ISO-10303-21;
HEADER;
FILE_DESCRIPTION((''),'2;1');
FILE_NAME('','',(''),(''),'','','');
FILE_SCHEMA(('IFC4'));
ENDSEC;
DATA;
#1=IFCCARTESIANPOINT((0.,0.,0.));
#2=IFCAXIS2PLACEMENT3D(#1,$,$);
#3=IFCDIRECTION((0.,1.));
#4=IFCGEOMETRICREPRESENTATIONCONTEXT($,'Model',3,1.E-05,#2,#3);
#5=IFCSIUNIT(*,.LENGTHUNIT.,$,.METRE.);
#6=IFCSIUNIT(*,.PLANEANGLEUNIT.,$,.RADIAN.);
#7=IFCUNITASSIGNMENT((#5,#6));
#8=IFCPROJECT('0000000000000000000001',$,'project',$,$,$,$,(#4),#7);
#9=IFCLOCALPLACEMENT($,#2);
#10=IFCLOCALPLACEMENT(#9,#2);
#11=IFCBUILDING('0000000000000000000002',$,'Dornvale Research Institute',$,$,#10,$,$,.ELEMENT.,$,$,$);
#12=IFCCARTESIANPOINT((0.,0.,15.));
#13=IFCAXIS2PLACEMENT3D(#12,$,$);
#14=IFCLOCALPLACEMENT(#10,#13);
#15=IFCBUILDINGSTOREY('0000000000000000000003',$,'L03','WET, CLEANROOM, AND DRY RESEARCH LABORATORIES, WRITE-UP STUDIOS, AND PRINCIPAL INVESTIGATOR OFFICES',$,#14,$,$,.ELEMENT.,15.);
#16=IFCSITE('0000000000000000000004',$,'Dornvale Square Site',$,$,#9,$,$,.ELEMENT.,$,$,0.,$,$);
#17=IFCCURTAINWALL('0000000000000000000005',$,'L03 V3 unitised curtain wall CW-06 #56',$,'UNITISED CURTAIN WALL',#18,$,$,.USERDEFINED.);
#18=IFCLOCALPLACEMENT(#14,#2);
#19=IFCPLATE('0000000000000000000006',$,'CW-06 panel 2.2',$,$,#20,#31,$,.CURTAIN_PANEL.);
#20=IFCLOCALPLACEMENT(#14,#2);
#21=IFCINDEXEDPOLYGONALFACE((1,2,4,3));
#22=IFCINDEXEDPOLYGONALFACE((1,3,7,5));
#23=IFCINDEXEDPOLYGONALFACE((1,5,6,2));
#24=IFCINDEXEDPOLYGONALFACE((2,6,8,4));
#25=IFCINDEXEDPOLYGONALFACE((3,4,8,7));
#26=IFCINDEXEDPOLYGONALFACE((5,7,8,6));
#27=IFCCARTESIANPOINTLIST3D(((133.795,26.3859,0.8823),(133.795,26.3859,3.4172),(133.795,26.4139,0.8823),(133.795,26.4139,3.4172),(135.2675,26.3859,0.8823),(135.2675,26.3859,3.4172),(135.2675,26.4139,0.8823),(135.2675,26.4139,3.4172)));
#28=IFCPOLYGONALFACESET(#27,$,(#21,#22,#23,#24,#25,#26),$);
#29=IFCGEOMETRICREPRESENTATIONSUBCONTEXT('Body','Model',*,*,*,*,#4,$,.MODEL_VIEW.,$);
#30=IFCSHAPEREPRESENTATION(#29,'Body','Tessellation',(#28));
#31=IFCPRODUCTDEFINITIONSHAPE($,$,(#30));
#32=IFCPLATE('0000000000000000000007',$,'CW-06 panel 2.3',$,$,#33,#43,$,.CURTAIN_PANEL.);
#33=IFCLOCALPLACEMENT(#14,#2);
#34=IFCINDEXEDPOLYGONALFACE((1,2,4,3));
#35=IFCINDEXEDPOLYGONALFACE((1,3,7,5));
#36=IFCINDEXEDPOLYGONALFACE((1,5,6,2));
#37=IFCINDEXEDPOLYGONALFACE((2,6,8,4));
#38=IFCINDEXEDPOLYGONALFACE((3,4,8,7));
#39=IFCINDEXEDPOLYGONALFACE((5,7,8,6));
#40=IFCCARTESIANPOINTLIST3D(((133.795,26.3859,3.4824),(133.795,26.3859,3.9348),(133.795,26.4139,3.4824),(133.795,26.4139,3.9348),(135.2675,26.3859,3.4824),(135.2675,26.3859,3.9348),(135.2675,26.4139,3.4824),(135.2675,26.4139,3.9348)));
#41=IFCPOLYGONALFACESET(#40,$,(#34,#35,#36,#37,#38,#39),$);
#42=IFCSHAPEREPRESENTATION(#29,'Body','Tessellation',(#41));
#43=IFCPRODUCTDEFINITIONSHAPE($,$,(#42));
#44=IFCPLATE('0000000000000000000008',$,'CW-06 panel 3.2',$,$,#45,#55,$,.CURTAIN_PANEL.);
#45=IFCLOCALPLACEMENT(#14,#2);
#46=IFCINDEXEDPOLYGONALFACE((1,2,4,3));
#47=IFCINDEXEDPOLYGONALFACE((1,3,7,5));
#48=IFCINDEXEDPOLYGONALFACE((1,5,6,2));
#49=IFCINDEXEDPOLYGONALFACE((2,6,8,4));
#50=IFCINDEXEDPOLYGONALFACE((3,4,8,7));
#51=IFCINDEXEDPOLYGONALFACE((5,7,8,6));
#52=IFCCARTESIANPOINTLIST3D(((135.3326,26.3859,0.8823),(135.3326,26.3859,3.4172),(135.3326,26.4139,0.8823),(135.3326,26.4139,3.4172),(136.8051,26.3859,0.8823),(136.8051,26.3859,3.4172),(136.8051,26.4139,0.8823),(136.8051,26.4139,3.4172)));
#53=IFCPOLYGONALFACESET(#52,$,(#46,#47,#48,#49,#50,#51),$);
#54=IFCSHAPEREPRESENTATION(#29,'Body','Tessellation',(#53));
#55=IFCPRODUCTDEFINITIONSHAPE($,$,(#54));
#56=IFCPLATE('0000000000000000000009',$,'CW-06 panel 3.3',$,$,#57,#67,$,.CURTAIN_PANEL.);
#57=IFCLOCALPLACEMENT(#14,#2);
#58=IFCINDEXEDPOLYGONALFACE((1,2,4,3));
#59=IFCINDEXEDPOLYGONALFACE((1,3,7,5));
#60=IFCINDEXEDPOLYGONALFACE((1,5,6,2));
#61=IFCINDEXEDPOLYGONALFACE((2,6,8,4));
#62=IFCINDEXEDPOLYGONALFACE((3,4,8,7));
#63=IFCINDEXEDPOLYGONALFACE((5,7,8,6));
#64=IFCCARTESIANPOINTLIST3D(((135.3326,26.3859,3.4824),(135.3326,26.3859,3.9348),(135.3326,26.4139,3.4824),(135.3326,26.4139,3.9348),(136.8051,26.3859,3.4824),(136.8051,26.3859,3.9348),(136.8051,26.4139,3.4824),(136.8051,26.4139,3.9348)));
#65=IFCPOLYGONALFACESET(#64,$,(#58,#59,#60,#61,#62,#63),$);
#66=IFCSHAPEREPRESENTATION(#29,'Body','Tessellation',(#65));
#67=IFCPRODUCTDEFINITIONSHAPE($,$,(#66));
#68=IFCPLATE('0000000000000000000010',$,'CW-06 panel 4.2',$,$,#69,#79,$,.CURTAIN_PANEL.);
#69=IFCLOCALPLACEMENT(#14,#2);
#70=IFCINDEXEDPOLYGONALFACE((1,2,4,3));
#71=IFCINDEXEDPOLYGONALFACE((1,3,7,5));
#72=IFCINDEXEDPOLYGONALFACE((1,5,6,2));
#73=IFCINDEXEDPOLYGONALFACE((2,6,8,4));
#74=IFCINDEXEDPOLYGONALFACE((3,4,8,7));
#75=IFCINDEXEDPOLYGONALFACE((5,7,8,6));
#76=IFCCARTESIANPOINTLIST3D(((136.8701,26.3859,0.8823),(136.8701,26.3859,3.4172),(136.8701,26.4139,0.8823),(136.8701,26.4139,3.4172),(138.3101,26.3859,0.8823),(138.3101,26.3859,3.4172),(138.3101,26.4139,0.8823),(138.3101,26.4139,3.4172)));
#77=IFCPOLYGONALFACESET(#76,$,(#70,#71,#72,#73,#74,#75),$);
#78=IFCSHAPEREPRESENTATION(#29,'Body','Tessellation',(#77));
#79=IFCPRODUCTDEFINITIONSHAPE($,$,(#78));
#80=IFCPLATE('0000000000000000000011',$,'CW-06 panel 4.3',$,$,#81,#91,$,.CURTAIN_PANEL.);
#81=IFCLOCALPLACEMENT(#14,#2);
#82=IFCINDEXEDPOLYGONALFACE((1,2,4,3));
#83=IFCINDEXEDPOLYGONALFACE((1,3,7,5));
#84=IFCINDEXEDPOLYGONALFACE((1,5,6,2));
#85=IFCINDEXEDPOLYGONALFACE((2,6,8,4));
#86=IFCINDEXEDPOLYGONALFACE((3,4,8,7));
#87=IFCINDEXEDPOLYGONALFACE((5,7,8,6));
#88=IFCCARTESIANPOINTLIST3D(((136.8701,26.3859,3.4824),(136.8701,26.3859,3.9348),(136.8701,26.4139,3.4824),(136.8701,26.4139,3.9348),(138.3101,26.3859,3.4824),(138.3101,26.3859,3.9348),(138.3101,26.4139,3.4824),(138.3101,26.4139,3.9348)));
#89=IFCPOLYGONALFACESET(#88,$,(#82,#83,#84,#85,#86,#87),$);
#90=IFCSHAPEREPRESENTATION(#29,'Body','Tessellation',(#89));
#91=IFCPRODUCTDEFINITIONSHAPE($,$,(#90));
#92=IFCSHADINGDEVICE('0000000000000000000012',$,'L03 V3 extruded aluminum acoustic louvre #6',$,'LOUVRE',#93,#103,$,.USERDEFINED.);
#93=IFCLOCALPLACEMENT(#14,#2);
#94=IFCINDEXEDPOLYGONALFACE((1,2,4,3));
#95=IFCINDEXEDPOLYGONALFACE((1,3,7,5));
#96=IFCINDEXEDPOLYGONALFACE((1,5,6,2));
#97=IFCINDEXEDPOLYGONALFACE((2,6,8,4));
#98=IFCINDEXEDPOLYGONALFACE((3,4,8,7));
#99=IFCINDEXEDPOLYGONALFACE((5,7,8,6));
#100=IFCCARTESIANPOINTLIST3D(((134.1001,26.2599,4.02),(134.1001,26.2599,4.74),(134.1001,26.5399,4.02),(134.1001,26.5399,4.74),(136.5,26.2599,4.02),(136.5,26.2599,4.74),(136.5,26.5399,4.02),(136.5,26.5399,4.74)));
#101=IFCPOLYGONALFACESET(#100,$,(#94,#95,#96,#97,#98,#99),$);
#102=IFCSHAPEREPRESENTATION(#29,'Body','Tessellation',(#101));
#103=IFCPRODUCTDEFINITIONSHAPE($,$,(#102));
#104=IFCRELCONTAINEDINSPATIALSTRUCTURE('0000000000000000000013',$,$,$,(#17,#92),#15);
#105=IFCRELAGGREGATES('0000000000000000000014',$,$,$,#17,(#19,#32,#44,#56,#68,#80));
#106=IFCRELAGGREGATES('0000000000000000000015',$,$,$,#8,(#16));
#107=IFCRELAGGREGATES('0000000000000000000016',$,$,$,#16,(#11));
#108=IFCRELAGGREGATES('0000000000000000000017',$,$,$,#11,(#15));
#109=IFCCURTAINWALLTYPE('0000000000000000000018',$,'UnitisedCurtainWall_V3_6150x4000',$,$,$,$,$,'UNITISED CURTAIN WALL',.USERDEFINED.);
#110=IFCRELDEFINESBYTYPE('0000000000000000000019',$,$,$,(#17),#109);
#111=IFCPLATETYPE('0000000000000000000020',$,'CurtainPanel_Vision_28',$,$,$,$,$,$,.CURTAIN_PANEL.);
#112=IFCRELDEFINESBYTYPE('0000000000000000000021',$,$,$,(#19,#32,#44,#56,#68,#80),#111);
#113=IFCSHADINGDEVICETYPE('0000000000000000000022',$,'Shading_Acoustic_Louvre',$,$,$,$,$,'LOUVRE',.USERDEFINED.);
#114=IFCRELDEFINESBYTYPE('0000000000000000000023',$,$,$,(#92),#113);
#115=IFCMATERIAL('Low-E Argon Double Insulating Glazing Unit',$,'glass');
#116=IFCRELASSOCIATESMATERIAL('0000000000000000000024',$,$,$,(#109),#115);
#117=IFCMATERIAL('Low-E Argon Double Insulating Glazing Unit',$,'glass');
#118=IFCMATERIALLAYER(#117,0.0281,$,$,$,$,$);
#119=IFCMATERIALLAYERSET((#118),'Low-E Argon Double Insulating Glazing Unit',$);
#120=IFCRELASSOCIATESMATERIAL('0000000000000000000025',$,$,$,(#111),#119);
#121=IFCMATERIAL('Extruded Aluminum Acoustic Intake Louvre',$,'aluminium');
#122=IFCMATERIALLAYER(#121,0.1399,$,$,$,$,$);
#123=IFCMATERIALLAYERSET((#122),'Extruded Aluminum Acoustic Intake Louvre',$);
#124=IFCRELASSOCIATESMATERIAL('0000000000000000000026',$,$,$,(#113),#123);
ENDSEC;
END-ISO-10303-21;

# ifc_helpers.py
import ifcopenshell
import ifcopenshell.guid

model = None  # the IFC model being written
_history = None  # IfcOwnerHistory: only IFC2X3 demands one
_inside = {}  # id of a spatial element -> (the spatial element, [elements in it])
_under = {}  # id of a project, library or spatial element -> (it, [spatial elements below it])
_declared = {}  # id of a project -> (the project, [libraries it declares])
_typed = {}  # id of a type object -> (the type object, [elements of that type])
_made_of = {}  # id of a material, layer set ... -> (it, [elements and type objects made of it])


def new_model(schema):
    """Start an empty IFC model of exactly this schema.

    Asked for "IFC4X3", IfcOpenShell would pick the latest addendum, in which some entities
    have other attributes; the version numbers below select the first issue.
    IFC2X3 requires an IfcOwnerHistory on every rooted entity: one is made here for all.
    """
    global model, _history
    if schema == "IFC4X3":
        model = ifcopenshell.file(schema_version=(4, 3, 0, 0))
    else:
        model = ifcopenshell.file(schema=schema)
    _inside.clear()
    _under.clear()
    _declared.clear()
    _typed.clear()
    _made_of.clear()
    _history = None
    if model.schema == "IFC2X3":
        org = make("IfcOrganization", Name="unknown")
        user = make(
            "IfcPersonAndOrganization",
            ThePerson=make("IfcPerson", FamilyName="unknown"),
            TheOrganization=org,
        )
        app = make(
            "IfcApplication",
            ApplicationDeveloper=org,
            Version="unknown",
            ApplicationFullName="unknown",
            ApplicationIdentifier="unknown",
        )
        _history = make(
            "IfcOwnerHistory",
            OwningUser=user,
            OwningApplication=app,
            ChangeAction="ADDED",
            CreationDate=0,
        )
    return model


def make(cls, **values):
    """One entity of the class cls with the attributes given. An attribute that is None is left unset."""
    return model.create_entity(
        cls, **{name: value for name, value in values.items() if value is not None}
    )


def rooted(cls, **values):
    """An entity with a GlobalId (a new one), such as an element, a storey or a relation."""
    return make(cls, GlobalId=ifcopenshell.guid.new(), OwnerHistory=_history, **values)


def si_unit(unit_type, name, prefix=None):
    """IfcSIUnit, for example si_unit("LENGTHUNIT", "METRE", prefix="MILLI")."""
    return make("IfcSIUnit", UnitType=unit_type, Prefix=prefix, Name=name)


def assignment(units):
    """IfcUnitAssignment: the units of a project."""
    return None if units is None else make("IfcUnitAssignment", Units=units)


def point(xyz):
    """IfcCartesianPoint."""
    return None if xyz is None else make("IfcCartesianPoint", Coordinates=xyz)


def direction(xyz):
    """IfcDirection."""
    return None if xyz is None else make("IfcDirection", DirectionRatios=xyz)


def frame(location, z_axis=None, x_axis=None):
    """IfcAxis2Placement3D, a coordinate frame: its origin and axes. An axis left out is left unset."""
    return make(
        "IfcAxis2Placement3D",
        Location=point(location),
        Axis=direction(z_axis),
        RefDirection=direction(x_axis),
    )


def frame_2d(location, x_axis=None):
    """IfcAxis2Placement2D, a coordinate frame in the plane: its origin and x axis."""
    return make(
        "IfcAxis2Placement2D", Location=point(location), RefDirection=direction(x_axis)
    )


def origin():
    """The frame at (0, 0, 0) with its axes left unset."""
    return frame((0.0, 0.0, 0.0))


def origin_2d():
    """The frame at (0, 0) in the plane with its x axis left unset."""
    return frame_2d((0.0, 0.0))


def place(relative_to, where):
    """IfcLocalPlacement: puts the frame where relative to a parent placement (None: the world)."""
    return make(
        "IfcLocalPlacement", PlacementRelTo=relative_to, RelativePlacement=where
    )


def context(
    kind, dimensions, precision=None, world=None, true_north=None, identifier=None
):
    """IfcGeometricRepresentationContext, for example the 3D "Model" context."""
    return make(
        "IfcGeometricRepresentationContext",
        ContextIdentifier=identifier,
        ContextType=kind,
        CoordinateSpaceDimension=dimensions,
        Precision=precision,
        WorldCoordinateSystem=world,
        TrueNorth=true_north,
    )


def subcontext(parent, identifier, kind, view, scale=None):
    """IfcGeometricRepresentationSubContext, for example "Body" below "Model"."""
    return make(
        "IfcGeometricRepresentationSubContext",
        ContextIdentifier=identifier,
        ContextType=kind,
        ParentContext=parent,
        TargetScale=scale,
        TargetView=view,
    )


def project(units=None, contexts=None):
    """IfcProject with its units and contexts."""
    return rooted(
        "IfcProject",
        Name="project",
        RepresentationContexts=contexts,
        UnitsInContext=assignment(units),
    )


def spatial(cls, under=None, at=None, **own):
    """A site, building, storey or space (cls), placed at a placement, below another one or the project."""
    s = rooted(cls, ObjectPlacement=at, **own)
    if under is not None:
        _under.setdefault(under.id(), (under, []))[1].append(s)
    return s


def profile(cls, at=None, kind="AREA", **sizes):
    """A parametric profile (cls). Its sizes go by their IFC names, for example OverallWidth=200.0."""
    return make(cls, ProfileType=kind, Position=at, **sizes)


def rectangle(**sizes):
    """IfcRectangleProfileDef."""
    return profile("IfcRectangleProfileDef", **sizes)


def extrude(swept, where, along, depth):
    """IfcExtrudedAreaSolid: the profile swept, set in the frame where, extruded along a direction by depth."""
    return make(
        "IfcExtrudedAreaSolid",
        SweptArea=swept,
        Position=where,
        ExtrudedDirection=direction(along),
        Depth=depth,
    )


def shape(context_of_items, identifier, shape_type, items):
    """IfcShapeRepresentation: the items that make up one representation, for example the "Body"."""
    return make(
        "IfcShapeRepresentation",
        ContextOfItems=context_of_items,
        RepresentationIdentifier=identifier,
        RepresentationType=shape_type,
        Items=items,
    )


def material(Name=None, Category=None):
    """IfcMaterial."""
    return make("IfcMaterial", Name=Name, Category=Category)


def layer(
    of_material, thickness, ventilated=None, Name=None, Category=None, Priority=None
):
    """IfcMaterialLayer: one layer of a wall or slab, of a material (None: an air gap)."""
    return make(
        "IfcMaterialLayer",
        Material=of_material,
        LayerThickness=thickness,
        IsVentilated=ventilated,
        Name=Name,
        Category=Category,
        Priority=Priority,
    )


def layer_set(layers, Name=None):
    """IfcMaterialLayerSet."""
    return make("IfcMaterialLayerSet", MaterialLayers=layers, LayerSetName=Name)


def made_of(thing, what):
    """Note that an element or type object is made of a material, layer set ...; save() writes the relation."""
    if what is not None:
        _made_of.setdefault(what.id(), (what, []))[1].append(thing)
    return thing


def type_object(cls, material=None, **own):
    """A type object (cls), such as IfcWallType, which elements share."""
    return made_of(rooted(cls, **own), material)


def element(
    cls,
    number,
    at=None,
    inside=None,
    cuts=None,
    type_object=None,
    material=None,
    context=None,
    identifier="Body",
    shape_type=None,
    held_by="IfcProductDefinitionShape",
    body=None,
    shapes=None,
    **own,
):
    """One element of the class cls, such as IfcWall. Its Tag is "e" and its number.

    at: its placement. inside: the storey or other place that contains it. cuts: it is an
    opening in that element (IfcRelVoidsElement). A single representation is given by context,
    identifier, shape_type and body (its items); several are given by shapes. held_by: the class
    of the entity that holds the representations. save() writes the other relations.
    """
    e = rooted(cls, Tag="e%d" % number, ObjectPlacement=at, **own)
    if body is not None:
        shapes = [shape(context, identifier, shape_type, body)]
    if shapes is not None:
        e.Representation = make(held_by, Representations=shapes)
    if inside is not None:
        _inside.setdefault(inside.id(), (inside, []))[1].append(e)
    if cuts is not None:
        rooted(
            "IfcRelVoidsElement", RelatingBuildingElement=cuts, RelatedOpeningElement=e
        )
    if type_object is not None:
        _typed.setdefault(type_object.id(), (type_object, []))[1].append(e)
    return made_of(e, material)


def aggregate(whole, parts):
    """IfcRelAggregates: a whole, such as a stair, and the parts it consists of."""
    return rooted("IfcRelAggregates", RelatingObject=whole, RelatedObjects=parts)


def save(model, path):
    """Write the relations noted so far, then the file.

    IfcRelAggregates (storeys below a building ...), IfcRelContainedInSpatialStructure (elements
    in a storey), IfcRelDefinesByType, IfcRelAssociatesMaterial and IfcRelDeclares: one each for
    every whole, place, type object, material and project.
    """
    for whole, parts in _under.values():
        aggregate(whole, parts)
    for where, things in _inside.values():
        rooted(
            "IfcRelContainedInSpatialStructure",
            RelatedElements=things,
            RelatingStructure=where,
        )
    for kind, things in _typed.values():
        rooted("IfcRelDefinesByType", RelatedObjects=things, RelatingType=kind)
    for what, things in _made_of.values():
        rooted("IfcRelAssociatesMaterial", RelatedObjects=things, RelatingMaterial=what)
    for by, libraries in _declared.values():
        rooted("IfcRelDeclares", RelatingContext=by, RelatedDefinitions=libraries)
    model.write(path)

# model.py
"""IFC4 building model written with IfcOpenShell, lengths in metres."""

from ifc_helpers import new_model, si_unit, direction, frame, origin, origin_2d, place, context, subcontext, project, spatial, rectangle, extrude, material, layer, layer_set, type_object, element, aggregate, save


model = new_model("IFC4")

# Units and contexts
model_context = context("Model", 3, precision=1e-05, world=origin(), true_north=direction((0.0, 1.0)))
body_context = subcontext(model_context, "Body", "Model", "MODEL_VIEW")
ifc_project = project(units=[si_unit("LENGTHUNIT", "METRE"), si_unit("PLANEANGLEUNIT", "RADIAN")], contexts=[model_context])

# Site, building, storey
site_placement = place(None, origin())
site = spatial("IfcSite", under=ifc_project, at=site_placement, Name="Dornvale Square Site", CompositionType="ELEMENT", RefElevation=0.0)
building_placement = place(site_placement, origin())
building = spatial("IfcBuilding", under=site, at=building_placement, Name="Dornvale Research Institute", CompositionType="ELEMENT")
storey_placement = place(building_placement, frame((0.0, 0.0, 15.0)))
storey = spatial("IfcBuildingStorey", under=building, at=storey_placement, Name="L03", Description="WET, CLEANROOM, AND DRY RESEARCH LABORATORIES, WRITE-UP STUDIOS, AND PRINCIPAL INVESTIGATOR OFFICES", CompositionType="ELEMENT", Elevation=15.0)

# Curtain wall, plates
ifc_material_1 = material(Name="Low-E Argon Double Insulating Glazing Unit", Category="glass")
curtain_wall_type = type_object("IfcCurtainWallType", Name="UnitisedCurtainWall_V3_6150x4000", ElementType="UNITISED CURTAIN WALL", PredefinedType="USERDEFINED", material=ifc_material_1)
curtain_wall_placement = place(storey_placement, origin())
curtain_wall = element("IfcCurtainWall", 1, at=curtain_wall_placement, inside=storey, type_object=curtain_wall_type, Name="L03 V3 unitised curtain wall CW-06 #56", ObjectType="UNITISED CURTAIN WALL", PredefinedType="USERDEFINED")
ifc_material_2 = material(Name="Low-E Argon Double Insulating Glazing Unit", Category="glass")
ifc_layer_1 = layer(ifc_material_2, 0.0281)
ifc_layer_set_1 = layer_set([ifc_layer_1], Name="Low-E Argon Double Insulating Glazing Unit")
plate_type_1 = type_object("IfcPlateType", Name="CurtainPanel_Vision_28", PredefinedType="CURTAIN_PANEL", material=ifc_layer_set_1)
plate_1_placement = place(storey_placement, frame((134.5312, 26.3999, 0.8823), z_axis=(0.0, 0.0, 1.0), x_axis=(1.0, 0.0, 0.0)))
plate_1 = element("IfcPlate", 2, at=plate_1_placement, type_object=plate_type_1, Name="CW-06 panel 2.2", PredefinedType="CURTAIN_PANEL", context=body_context, shape_type="SweptSolid", body=[
    extrude(rectangle(XDim=1.4724, YDim=0.0281, at=origin_2d()), origin(), (0.0, 0.0, 1.0), 2.5349),
])
plate_2_placement = place(storey_placement, frame((134.5312, 26.3999, 3.4824), z_axis=(0.0, 0.0, 1.0), x_axis=(1.0, 0.0, 0.0)))
plate_2 = element("IfcPlate", 3, at=plate_2_placement, type_object=plate_type_1, Name="CW-06 panel 2.3", PredefinedType="CURTAIN_PANEL", context=body_context, shape_type="SweptSolid", body=[
    extrude(rectangle(XDim=1.4724, YDim=0.0281, at=origin_2d()), origin(), (0.0, 0.0, 1.0), 0.4524),
])
plate_3_placement = place(storey_placement, frame((136.0688, 26.3999, 0.8823), z_axis=(0.0, 0.0, 1.0), x_axis=(1.0, 0.0, 0.0)))
plate_3 = element("IfcPlate", 4, at=plate_3_placement, type_object=plate_type_1, Name="CW-06 panel 3.2", PredefinedType="CURTAIN_PANEL", context=body_context, shape_type="SweptSolid", body=[
    extrude(rectangle(XDim=1.4724, YDim=0.0281, at=origin_2d()), origin(), (0.0, 0.0, 1.0), 2.5349),
])
plate_4_placement = place(storey_placement, frame((136.0688, 26.3999, 3.4824), z_axis=(0.0, 0.0, 1.0), x_axis=(1.0, 0.0, 0.0)))
plate_4 = element("IfcPlate", 5, at=plate_4_placement, type_object=plate_type_1, Name="CW-06 panel 3.3", PredefinedType="CURTAIN_PANEL", context=body_context, shape_type="SweptSolid", body=[
    extrude(rectangle(XDim=1.4724, YDim=0.0281, at=origin_2d()), origin(), (0.0, 0.0, 1.0), 0.4524),
])
plate_5_placement = place(storey_placement, frame((137.5901, 26.3999, 0.8823), z_axis=(0.0, 0.0, 1.0), x_axis=(1.0, 0.0, 0.0)))
plate_5 = element("IfcPlate", 6, at=plate_5_placement, type_object=plate_type_1, Name="CW-06 panel 4.2", PredefinedType="CURTAIN_PANEL", context=body_context, shape_type="SweptSolid", body=[
    extrude(rectangle(XDim=1.4399, YDim=0.0281, at=origin_2d()), origin(), (0.0, 0.0, 1.0), 2.5349),
])
plate_6_placement = place(storey_placement, frame((137.5901, 26.3999, 3.4824), z_axis=(0.0, 0.0, 1.0), x_axis=(1.0, 0.0, 0.0)))
plate_6 = element("IfcPlate", 7, at=plate_6_placement, type_object=plate_type_1, Name="CW-06 panel 4.3", PredefinedType="CURTAIN_PANEL", context=body_context, shape_type="SweptSolid", body=[
    extrude(rectangle(XDim=1.4399, YDim=0.0281, at=origin_2d()), origin(), (0.0, 0.0, 1.0), 0.4524),
])
aggregate(curtain_wall, [plate_1, plate_2, plate_3, plate_4, plate_5, plate_6])

# Shading device
ifc_material_3 = material(Name="Extruded Aluminum Acoustic Intake Louvre", Category="aluminium")
ifc_layer_2 = layer(ifc_material_3, 0.1399)
ifc_layer_set_2 = layer_set([ifc_layer_2], Name="Extruded Aluminum Acoustic Intake Louvre")
shading_device_type = type_object("IfcShadingDeviceType", Name="Shading_Acoustic_Louvre", ElementType="LOUVRE", PredefinedType="USERDEFINED", material=ifc_layer_set_2)
shading_device_placement = place(storey_placement, frame((135.3, 26.3999, 4.02), z_axis=(0.0, 0.0, 1.0), x_axis=(1.0, 0.0, 0.0)))
element("IfcShadingDevice", 8, at=shading_device_placement, inside=storey, type_object=shading_device_type, Name="L03 V3 extruded aluminum acoustic louvre #6", ObjectType="LOUVRE", PredefinedType="USERDEFINED", context=body_context, shape_type="SweptSolid", body=[
    extrude(rectangle(XDim=2.3999, YDim=0.28, at=origin_2d()), origin(), (0.0, 0.0, 1.0), 0.72),
])

save(model, "model.ifc")
